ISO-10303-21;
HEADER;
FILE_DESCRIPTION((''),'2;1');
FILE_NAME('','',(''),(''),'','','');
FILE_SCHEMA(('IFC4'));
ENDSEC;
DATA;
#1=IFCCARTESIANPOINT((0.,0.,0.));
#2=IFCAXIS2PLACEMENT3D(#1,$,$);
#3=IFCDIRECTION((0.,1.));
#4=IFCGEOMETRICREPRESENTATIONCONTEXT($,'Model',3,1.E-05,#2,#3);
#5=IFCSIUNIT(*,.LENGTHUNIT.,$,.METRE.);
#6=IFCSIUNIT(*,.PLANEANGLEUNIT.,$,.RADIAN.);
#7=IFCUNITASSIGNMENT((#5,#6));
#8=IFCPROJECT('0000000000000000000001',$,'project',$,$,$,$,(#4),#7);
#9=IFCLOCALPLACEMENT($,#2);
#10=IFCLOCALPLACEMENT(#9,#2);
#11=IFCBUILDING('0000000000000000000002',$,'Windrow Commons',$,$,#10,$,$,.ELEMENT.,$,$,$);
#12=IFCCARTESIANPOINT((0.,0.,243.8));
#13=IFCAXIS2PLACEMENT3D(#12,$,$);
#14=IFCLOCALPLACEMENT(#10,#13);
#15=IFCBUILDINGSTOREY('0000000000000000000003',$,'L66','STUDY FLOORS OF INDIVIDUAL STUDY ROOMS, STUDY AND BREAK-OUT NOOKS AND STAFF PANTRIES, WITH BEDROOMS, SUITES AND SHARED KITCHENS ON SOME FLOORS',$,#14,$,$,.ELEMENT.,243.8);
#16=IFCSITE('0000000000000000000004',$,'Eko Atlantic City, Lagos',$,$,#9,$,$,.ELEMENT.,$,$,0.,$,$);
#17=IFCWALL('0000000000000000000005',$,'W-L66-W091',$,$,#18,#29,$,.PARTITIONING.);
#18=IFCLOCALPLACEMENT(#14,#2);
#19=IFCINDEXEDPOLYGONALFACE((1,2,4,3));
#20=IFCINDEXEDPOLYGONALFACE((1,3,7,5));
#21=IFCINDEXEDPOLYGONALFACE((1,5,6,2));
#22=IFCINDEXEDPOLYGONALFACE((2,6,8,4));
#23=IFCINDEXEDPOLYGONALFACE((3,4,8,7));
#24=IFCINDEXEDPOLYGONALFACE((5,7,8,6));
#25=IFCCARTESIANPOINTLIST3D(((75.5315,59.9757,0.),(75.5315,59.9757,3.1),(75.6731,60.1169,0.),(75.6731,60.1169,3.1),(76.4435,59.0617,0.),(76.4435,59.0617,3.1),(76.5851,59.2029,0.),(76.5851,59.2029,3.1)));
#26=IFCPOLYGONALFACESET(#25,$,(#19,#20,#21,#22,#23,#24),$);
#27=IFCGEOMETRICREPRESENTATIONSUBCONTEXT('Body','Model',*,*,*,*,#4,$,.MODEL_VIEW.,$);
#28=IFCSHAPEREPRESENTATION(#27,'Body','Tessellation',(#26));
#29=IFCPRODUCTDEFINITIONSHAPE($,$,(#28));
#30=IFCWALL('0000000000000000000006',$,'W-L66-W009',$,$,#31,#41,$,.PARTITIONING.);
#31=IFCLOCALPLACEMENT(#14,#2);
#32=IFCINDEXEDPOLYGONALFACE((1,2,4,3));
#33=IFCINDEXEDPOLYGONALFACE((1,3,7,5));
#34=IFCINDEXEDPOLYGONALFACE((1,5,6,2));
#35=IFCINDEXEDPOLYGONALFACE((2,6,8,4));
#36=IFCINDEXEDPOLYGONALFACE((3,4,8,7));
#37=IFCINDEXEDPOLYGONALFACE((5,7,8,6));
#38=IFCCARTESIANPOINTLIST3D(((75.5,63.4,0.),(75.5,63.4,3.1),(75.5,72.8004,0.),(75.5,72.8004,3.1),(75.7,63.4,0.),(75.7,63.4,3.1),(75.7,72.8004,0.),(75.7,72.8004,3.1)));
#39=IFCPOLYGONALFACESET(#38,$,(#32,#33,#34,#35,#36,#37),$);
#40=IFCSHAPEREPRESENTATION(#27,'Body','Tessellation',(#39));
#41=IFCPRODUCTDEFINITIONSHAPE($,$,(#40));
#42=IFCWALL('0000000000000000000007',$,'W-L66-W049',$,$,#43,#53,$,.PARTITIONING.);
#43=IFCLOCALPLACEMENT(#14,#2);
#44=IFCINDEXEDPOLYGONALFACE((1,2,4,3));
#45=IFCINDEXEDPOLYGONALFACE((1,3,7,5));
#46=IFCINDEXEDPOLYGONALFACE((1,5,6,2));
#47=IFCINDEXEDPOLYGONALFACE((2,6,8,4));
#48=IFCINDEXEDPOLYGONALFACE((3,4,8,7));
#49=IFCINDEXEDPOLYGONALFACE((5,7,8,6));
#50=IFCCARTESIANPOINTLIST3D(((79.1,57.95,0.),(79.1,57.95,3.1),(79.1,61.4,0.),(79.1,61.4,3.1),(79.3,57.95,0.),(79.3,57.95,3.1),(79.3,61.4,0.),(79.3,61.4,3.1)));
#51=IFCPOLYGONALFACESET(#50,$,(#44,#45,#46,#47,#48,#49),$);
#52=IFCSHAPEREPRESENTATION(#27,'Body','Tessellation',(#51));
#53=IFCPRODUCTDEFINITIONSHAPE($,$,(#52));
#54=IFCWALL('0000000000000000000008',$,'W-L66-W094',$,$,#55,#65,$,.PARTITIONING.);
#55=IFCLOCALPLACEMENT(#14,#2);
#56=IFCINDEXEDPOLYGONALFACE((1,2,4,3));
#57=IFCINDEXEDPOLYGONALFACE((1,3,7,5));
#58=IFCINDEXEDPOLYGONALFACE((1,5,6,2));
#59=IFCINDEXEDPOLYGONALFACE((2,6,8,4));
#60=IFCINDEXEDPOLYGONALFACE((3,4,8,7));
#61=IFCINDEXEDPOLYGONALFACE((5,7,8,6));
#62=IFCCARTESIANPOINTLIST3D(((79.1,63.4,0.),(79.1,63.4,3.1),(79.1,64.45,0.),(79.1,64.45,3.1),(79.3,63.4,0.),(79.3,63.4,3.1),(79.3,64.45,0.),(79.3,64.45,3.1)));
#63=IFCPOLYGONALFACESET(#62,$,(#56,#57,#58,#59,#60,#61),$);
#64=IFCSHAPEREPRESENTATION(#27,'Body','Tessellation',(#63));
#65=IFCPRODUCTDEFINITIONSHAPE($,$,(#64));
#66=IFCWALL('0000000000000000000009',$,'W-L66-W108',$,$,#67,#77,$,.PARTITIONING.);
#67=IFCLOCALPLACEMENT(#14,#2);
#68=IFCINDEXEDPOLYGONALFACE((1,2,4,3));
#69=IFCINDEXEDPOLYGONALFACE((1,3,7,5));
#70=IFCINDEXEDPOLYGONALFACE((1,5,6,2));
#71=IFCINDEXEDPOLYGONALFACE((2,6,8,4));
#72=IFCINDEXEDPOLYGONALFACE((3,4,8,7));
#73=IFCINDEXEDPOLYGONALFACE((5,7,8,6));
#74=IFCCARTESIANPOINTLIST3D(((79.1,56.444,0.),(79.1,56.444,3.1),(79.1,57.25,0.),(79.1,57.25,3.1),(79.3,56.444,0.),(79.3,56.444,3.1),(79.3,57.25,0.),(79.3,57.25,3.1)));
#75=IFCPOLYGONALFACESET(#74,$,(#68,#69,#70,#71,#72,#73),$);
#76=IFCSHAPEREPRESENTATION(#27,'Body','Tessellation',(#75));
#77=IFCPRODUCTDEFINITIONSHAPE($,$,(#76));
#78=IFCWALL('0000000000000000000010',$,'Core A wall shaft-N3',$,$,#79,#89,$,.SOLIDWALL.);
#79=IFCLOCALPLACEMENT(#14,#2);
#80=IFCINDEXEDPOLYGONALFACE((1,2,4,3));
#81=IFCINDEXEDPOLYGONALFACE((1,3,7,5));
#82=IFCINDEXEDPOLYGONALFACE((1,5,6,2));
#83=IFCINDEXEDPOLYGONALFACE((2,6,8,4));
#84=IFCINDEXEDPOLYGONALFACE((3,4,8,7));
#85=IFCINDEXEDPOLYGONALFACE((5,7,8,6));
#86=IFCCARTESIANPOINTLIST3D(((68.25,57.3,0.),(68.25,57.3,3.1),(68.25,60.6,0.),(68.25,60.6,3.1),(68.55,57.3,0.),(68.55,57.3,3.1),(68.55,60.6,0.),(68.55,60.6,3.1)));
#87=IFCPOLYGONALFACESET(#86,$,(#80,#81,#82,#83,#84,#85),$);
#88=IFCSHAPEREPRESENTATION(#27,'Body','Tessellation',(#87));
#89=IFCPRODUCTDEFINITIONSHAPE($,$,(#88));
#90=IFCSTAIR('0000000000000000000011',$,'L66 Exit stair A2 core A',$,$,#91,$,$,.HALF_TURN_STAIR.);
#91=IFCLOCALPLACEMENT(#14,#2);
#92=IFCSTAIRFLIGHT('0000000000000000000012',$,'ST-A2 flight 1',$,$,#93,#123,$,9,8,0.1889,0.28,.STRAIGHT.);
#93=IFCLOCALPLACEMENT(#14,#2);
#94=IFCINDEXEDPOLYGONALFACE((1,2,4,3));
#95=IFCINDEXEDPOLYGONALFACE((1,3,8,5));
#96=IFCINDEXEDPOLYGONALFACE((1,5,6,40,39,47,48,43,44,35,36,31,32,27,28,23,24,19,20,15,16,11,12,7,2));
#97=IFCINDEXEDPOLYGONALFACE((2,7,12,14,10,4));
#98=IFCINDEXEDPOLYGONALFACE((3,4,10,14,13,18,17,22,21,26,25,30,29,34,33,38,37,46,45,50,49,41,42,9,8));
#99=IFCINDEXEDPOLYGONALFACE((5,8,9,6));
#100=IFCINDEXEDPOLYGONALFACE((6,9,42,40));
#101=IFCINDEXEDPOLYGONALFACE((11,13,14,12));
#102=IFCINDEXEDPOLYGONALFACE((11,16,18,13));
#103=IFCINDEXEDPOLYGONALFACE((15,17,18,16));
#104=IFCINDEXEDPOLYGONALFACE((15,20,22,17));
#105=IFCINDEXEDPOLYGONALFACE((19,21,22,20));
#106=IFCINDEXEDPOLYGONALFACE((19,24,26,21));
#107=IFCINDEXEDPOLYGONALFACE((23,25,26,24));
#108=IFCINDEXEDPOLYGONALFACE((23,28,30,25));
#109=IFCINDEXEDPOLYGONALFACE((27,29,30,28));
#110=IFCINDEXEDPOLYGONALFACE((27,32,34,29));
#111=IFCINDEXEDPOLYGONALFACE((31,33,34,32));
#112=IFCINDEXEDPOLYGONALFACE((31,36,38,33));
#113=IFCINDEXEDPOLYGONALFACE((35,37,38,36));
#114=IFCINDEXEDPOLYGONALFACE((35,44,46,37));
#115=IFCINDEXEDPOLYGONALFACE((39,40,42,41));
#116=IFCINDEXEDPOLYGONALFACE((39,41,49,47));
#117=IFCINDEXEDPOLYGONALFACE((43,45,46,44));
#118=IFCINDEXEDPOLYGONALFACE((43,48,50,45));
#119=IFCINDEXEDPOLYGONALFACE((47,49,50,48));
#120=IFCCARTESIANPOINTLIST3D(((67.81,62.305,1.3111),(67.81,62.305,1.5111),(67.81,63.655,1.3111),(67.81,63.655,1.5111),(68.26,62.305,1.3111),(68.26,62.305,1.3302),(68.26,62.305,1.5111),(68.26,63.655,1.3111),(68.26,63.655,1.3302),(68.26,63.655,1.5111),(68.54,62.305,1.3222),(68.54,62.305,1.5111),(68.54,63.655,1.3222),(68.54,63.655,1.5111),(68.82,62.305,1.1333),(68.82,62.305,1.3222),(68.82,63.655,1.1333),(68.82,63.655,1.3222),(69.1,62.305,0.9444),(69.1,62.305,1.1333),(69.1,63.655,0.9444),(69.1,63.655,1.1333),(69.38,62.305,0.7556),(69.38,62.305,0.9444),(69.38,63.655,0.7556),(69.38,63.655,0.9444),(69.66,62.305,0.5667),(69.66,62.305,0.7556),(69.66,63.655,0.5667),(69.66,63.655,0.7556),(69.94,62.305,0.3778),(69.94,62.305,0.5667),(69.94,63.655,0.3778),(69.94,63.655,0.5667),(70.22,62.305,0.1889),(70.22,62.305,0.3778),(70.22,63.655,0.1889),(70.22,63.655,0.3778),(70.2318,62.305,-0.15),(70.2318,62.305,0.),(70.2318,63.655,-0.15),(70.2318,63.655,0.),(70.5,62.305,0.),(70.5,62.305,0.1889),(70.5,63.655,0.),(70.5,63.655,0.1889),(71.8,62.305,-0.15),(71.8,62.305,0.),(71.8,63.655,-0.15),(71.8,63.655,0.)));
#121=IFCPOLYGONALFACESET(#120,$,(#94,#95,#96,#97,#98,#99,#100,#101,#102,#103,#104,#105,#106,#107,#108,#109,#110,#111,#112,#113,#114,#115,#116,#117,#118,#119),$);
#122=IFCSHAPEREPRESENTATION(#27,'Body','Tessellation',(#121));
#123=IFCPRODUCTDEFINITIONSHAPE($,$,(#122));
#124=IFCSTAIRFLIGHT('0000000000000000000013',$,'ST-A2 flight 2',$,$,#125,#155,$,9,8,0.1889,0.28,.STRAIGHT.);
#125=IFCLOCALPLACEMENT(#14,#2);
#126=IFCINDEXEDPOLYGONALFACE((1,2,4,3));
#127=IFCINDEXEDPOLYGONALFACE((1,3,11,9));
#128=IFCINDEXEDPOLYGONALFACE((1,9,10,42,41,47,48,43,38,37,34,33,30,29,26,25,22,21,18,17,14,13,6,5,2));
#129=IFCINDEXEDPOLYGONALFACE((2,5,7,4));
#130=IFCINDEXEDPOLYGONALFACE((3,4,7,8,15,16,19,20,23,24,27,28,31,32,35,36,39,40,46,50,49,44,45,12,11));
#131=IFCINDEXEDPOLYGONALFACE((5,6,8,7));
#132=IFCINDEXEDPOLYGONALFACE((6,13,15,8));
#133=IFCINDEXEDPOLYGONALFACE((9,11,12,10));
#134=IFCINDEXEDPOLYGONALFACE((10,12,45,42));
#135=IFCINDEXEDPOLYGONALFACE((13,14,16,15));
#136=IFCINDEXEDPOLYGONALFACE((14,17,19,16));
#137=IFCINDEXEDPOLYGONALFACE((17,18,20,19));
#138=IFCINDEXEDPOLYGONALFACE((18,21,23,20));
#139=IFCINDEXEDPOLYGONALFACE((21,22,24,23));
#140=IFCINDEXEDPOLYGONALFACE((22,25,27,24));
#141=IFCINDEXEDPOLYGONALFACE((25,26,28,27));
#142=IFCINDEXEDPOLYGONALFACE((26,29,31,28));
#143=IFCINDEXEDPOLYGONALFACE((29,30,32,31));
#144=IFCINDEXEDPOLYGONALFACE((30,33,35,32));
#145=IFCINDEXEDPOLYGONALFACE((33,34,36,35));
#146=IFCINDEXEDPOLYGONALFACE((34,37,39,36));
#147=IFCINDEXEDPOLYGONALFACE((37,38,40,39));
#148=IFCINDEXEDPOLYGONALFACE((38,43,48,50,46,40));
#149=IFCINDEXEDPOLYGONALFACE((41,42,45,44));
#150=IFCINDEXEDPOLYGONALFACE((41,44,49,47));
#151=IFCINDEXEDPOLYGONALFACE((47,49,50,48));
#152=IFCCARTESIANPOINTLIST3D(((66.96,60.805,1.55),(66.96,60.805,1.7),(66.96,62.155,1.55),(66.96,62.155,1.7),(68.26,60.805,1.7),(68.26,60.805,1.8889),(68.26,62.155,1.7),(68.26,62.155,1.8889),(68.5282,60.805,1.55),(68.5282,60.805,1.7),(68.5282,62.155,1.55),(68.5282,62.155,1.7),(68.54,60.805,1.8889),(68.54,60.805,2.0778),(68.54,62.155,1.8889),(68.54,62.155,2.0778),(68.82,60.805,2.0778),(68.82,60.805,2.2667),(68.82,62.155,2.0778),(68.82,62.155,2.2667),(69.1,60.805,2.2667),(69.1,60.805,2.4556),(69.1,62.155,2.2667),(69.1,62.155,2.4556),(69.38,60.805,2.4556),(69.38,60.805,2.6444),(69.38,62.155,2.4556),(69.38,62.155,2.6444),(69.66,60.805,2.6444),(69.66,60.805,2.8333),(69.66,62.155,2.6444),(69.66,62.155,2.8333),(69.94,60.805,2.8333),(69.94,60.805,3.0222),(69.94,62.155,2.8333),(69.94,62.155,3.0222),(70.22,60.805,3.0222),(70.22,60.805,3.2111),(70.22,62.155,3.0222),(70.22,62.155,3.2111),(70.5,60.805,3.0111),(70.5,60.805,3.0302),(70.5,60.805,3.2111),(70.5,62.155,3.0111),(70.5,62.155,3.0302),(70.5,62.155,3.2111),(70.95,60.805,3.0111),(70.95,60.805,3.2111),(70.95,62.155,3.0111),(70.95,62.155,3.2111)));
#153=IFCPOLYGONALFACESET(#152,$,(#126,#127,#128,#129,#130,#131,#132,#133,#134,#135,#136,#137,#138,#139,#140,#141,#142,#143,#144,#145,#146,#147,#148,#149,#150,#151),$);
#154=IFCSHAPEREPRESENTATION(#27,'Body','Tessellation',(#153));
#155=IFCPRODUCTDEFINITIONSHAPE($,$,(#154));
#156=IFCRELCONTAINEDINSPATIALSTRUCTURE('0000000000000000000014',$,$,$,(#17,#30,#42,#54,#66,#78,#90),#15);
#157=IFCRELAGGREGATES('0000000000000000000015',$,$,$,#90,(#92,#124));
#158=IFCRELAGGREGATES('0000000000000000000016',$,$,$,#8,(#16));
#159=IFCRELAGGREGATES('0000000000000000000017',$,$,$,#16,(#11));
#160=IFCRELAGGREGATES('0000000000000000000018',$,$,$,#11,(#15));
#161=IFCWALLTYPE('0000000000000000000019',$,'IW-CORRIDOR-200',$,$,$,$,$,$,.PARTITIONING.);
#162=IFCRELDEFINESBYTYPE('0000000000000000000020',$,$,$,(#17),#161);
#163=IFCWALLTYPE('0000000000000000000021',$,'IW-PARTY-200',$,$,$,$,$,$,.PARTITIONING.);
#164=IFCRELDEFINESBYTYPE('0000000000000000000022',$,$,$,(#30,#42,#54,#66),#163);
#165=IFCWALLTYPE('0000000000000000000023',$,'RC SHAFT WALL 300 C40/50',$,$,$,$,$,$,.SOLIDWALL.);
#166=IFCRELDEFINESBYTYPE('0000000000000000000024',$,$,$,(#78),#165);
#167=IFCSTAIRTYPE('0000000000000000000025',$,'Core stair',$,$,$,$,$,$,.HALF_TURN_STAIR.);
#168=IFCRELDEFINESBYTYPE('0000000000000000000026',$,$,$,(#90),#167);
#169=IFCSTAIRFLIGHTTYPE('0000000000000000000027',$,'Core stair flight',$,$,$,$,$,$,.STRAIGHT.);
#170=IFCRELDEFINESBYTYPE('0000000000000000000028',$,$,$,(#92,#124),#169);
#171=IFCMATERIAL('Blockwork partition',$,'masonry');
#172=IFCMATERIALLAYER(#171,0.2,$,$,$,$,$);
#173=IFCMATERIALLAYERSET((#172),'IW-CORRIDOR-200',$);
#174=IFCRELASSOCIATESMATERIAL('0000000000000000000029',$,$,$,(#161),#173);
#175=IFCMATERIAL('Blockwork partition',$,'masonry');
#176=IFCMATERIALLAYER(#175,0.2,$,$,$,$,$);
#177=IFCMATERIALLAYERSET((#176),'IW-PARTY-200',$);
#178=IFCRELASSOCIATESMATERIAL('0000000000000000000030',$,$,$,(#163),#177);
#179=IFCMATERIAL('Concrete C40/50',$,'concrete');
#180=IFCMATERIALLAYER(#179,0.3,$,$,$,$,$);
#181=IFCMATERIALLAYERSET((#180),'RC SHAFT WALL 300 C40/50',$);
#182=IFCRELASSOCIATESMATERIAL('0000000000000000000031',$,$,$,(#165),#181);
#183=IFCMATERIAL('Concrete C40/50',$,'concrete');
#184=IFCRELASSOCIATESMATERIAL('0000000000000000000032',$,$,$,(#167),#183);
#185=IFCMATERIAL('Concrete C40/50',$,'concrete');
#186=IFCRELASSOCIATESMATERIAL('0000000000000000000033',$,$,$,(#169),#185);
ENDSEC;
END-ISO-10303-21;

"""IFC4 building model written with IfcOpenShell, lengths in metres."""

from ifc_helpers import new_model, si_unit, direction, frame, frame_2d, origin, place, context, subcontext, project, spatial, polyline, rectangle, outline, extrude, material, layer, layer_set, type_object, element, aggregate, save


model = new_model("IFC4")

# Units and contexts
model_context = context("Model", 3, precision=1e-05, world=origin(), true_north=direction((0.0, 1.0)))
body_context = subcontext(model_context, "Body", "Model", "MODEL_VIEW")
ifc_project = project(units=[si_unit("LENGTHUNIT", "METRE"), si_unit("PLANEANGLEUNIT", "RADIAN")], contexts=[model_context])

# Site, building, storey
site_placement = place(None, origin())
site = spatial("IfcSite", under=ifc_project, at=site_placement, Name="Eko Atlantic City, Lagos", CompositionType="ELEMENT", RefElevation=0.0)
building_placement = place(site_placement, origin())
building = spatial("IfcBuilding", under=site, at=building_placement, Name="Windrow Commons", CompositionType="ELEMENT")
storey_placement = place(building_placement, frame((0.0, 0.0, 243.8)))
storey = spatial("IfcBuildingStorey", under=building, at=storey_placement, Name="L66", Description="STUDY FLOORS OF INDIVIDUAL STUDY ROOMS, STUDY AND BREAK-OUT NOOKS AND STAFF PANTRIES, WITH BEDROOMS, SUITES AND SHARED KITCHENS ON SOME FLOORS", CompositionType="ELEMENT", Elevation=243.8)

# Shared definitions
ifc_material_1 = material(Name="Blockwork partition", Category="masonry")
ifc_layer_1 = layer(ifc_material_1, 0.2)
ifc_layer_set_1 = layer_set([ifc_layer_1], Name="IW-CORRIDOR-200")
wall_type_1 = type_object("IfcWallType", Name="IW-CORRIDOR-200", PredefinedType="PARTITIONING", material=ifc_layer_set_1)

# Walls
wall_1_placement = place(storey_placement, frame((75.6023, 60.0463, 0.0), z_axis=(0.0, 0.0, 1.0), x_axis=(0.706332, -0.707881, 0.0)))
element("IfcWall", 1, at=wall_1_placement, inside=storey, type_object=wall_type_1, Name="W-L66-W091", PredefinedType="PARTITIONING", context=body_context, shape_type="SweptSolid", body=[
    extrude(rectangle(XDim=1.2912, YDim=0.2, at=frame_2d((0.6456, 0.0))), origin(), (0.0, 0.0, 1.0), 3.1),
])
ifc_material_2 = material(Name="Blockwork partition", Category="masonry")
ifc_layer_2 = layer(ifc_material_2, 0.2)
ifc_layer_set_2 = layer_set([ifc_layer_2], Name="IW-PARTY-200")
wall_type_2 = type_object("IfcWallType", Name="IW-PARTY-200", PredefinedType="PARTITIONING", material=ifc_layer_set_2)
wall_2_placement = place(storey_placement, frame((75.6, 63.4, 0.0), z_axis=(0.0, 0.0, 1.0), x_axis=(0.0, 1.0, 0.0)))
element("IfcWall", 2, at=wall_2_placement, inside=storey, type_object=wall_type_2, Name="W-L66-W009", PredefinedType="PARTITIONING", context=body_context, shape_type="SweptSolid", body=[
    extrude(rectangle(XDim=9.4004, YDim=0.2, at=frame_2d((4.7002, 0.0))), origin(), (0.0, 0.0, 1.0), 3.1),
])
wall_3_placement = place(storey_placement, frame((79.2, 57.95, 0.0), z_axis=(0.0, 0.0, 1.0), x_axis=(0.0, 1.0, 0.0)))
element("IfcWall", 3, at=wall_3_placement, inside=storey, type_object=wall_type_2, Name="W-L66-W049", PredefinedType="PARTITIONING", context=body_context, shape_type="SweptSolid", body=[
    extrude(rectangle(XDim=3.45, YDim=0.2, at=frame_2d((1.725, 0.0))), origin(), (0.0, 0.0, 1.0), 3.1),
])
wall_4_placement = place(storey_placement, frame((79.2, 63.4, 0.0), z_axis=(0.0, 0.0, 1.0), x_axis=(0.0, 1.0, 0.0)))
element("IfcWall", 4, at=wall_4_placement, inside=storey, type_object=wall_type_2, Name="W-L66-W094", PredefinedType="PARTITIONING", context=body_context, shape_type="SweptSolid", body=[
    extrude(rectangle(XDim=1.05, YDim=0.2, at=frame_2d((0.525, 0.0))), origin(), (0.0, 0.0, 1.0), 3.1),
])
wall_5_placement = place(storey_placement, frame((79.2, 56.444, 0.0), z_axis=(0.0, 0.0, 1.0), x_axis=(0.0, 1.0, 0.0)))
element("IfcWall", 5, at=wall_5_placement, inside=storey, type_object=wall_type_2, Name="W-L66-W108", PredefinedType="PARTITIONING", context=body_context, shape_type="SweptSolid", body=[
    extrude(rectangle(XDim=0.806, YDim=0.2, at=frame_2d((0.403, 0.0))), origin(), (0.0, 0.0, 1.0), 3.1),
])
ifc_material_3 = material(Name="Concrete C40/50", Category="concrete")
ifc_layer_3 = layer(ifc_material_3, 0.3)
ifc_layer_set_3 = layer_set([ifc_layer_3], Name="RC SHAFT WALL 300 C40/50")
wall_type_3 = type_object("IfcWallType", Name="RC SHAFT WALL 300 C40/50", PredefinedType="SOLIDWALL", material=ifc_layer_set_3)
wall_6_placement = place(storey_placement, frame((68.4, 57.3, 0.0), z_axis=(0.0, 0.0, 1.0), x_axis=(0.0, 1.0, 0.0)))
element("IfcWall", 6, at=wall_6_placement, inside=storey, type_object=wall_type_3, Name="Core A wall shaft-N3", PredefinedType="SOLIDWALL", context=body_context, shape_type="SweptSolid", body=[
    extrude(rectangle(XDim=3.3, YDim=0.3, at=frame_2d((1.65, 0.0))), origin(), (0.0, 0.0, 1.0), 3.1),
])

# Stair, stair flights
ifc_material_4 = material(Name="Concrete C40/50", Category="concrete")
stair_type = type_object("IfcStairType", Name="Core stair", PredefinedType="HALF_TURN_STAIR", material=ifc_material_4)
stair_placement = place(storey_placement, origin())
stair = element("IfcStair", 7, at=stair_placement, inside=storey, type_object=stair_type, Name="L66 Exit stair A2 core A", PredefinedType="HALF_TURN_STAIR")
ifc_material_5 = material(Name="Concrete C40/50", Category="concrete")
stair_flight_type = type_object("IfcStairFlightType", Name="Core stair flight", PredefinedType="STRAIGHT", material=ifc_material_5)
stair_flight_1_placement = place(storey_placement, frame((70.5, 62.98, 0.0), z_axis=(0.0, 0.0, 1.0), x_axis=(-1.0, 0.0, 0.0)))
stair_flight_1 = element("IfcStairFlight", 8, at=stair_flight_1_placement, type_object=stair_flight_type, Name="ST-A2 flight 1", NumberOfRisers=9, NumberOfTreads=8, PredefinedType="STRAIGHT", RiserHeight=0.1889, TreadLength=0.28, context=body_context, shape_type="SweptSolid", body=[
    extrude(outline(polyline([(-1.3, -0.15), (-1.3, 0.0), (0.0, 0.0), (0.0, 0.1889), (0.28, 0.1889), (0.28, 0.3778), (0.56, 0.3778), (0.56, 0.5667), (0.84, 0.5667), (0.84, 0.7556), (1.12, 0.7556), (1.12, 0.9444), (1.4, 0.9444), (1.4, 1.1333), (1.68, 1.1333), (1.68, 1.3222), (1.96, 1.3222), (1.96, 1.5111), (2.24, 1.5111), (2.69, 1.5111), (2.69, 1.3111), (2.24, 1.3111), (2.24, 1.3302), (0.2682, 0.0), (0.2682, -0.15), (-1.3, -0.15)])), frame((0.0, 0.675, 0.0), z_axis=(0.0, -1.0, 0.0), x_axis=(1.0, 0.0, 0.0)), (0.0, 0.0, 1.0), 1.35),
])
stair_flight_2_placement = place(storey_placement, frame((68.26, 61.48, 1.7), z_axis=(0.0, 0.0, 1.0), x_axis=(1.0, 0.0, 0.0)))
stair_flight_2 = element("IfcStairFlight", 9, at=stair_flight_2_placement, type_object=stair_flight_type, Name="ST-A2 flight 2", NumberOfRisers=9, NumberOfTreads=8, PredefinedType="STRAIGHT", RiserHeight=0.1889, TreadLength=0.28, context=body_context, shape_type="SweptSolid", body=[
    extrude(outline(polyline([(-1.3, -0.15), (-1.3, 0.0), (0.0, 0.0), (0.0, 0.1889), (0.28, 0.1889), (0.28, 0.3778), (0.56, 0.3778), (0.56, 0.5667), (0.84, 0.5667), (0.84, 0.7556), (1.12, 0.7556), (1.12, 0.9444), (1.4, 0.9444), (1.4, 1.1333), (1.68, 1.1333), (1.68, 1.3222), (1.96, 1.3222), (1.96, 1.5111), (2.24, 1.5111), (2.69, 1.5111), (2.69, 1.3111), (2.24, 1.3111), (2.24, 1.3302), (0.2682, 0.0), (0.2682, -0.15), (-1.3, -0.15)])), frame((0.0, 0.675, 0.0), z_axis=(0.0, -1.0, 0.0), x_axis=(1.0, 0.0, 0.0)), (0.0, 0.0, 1.0), 1.35),
])
aggregate(stair, [stair_flight_1, stair_flight_2])

save(model, "model.ifc")
